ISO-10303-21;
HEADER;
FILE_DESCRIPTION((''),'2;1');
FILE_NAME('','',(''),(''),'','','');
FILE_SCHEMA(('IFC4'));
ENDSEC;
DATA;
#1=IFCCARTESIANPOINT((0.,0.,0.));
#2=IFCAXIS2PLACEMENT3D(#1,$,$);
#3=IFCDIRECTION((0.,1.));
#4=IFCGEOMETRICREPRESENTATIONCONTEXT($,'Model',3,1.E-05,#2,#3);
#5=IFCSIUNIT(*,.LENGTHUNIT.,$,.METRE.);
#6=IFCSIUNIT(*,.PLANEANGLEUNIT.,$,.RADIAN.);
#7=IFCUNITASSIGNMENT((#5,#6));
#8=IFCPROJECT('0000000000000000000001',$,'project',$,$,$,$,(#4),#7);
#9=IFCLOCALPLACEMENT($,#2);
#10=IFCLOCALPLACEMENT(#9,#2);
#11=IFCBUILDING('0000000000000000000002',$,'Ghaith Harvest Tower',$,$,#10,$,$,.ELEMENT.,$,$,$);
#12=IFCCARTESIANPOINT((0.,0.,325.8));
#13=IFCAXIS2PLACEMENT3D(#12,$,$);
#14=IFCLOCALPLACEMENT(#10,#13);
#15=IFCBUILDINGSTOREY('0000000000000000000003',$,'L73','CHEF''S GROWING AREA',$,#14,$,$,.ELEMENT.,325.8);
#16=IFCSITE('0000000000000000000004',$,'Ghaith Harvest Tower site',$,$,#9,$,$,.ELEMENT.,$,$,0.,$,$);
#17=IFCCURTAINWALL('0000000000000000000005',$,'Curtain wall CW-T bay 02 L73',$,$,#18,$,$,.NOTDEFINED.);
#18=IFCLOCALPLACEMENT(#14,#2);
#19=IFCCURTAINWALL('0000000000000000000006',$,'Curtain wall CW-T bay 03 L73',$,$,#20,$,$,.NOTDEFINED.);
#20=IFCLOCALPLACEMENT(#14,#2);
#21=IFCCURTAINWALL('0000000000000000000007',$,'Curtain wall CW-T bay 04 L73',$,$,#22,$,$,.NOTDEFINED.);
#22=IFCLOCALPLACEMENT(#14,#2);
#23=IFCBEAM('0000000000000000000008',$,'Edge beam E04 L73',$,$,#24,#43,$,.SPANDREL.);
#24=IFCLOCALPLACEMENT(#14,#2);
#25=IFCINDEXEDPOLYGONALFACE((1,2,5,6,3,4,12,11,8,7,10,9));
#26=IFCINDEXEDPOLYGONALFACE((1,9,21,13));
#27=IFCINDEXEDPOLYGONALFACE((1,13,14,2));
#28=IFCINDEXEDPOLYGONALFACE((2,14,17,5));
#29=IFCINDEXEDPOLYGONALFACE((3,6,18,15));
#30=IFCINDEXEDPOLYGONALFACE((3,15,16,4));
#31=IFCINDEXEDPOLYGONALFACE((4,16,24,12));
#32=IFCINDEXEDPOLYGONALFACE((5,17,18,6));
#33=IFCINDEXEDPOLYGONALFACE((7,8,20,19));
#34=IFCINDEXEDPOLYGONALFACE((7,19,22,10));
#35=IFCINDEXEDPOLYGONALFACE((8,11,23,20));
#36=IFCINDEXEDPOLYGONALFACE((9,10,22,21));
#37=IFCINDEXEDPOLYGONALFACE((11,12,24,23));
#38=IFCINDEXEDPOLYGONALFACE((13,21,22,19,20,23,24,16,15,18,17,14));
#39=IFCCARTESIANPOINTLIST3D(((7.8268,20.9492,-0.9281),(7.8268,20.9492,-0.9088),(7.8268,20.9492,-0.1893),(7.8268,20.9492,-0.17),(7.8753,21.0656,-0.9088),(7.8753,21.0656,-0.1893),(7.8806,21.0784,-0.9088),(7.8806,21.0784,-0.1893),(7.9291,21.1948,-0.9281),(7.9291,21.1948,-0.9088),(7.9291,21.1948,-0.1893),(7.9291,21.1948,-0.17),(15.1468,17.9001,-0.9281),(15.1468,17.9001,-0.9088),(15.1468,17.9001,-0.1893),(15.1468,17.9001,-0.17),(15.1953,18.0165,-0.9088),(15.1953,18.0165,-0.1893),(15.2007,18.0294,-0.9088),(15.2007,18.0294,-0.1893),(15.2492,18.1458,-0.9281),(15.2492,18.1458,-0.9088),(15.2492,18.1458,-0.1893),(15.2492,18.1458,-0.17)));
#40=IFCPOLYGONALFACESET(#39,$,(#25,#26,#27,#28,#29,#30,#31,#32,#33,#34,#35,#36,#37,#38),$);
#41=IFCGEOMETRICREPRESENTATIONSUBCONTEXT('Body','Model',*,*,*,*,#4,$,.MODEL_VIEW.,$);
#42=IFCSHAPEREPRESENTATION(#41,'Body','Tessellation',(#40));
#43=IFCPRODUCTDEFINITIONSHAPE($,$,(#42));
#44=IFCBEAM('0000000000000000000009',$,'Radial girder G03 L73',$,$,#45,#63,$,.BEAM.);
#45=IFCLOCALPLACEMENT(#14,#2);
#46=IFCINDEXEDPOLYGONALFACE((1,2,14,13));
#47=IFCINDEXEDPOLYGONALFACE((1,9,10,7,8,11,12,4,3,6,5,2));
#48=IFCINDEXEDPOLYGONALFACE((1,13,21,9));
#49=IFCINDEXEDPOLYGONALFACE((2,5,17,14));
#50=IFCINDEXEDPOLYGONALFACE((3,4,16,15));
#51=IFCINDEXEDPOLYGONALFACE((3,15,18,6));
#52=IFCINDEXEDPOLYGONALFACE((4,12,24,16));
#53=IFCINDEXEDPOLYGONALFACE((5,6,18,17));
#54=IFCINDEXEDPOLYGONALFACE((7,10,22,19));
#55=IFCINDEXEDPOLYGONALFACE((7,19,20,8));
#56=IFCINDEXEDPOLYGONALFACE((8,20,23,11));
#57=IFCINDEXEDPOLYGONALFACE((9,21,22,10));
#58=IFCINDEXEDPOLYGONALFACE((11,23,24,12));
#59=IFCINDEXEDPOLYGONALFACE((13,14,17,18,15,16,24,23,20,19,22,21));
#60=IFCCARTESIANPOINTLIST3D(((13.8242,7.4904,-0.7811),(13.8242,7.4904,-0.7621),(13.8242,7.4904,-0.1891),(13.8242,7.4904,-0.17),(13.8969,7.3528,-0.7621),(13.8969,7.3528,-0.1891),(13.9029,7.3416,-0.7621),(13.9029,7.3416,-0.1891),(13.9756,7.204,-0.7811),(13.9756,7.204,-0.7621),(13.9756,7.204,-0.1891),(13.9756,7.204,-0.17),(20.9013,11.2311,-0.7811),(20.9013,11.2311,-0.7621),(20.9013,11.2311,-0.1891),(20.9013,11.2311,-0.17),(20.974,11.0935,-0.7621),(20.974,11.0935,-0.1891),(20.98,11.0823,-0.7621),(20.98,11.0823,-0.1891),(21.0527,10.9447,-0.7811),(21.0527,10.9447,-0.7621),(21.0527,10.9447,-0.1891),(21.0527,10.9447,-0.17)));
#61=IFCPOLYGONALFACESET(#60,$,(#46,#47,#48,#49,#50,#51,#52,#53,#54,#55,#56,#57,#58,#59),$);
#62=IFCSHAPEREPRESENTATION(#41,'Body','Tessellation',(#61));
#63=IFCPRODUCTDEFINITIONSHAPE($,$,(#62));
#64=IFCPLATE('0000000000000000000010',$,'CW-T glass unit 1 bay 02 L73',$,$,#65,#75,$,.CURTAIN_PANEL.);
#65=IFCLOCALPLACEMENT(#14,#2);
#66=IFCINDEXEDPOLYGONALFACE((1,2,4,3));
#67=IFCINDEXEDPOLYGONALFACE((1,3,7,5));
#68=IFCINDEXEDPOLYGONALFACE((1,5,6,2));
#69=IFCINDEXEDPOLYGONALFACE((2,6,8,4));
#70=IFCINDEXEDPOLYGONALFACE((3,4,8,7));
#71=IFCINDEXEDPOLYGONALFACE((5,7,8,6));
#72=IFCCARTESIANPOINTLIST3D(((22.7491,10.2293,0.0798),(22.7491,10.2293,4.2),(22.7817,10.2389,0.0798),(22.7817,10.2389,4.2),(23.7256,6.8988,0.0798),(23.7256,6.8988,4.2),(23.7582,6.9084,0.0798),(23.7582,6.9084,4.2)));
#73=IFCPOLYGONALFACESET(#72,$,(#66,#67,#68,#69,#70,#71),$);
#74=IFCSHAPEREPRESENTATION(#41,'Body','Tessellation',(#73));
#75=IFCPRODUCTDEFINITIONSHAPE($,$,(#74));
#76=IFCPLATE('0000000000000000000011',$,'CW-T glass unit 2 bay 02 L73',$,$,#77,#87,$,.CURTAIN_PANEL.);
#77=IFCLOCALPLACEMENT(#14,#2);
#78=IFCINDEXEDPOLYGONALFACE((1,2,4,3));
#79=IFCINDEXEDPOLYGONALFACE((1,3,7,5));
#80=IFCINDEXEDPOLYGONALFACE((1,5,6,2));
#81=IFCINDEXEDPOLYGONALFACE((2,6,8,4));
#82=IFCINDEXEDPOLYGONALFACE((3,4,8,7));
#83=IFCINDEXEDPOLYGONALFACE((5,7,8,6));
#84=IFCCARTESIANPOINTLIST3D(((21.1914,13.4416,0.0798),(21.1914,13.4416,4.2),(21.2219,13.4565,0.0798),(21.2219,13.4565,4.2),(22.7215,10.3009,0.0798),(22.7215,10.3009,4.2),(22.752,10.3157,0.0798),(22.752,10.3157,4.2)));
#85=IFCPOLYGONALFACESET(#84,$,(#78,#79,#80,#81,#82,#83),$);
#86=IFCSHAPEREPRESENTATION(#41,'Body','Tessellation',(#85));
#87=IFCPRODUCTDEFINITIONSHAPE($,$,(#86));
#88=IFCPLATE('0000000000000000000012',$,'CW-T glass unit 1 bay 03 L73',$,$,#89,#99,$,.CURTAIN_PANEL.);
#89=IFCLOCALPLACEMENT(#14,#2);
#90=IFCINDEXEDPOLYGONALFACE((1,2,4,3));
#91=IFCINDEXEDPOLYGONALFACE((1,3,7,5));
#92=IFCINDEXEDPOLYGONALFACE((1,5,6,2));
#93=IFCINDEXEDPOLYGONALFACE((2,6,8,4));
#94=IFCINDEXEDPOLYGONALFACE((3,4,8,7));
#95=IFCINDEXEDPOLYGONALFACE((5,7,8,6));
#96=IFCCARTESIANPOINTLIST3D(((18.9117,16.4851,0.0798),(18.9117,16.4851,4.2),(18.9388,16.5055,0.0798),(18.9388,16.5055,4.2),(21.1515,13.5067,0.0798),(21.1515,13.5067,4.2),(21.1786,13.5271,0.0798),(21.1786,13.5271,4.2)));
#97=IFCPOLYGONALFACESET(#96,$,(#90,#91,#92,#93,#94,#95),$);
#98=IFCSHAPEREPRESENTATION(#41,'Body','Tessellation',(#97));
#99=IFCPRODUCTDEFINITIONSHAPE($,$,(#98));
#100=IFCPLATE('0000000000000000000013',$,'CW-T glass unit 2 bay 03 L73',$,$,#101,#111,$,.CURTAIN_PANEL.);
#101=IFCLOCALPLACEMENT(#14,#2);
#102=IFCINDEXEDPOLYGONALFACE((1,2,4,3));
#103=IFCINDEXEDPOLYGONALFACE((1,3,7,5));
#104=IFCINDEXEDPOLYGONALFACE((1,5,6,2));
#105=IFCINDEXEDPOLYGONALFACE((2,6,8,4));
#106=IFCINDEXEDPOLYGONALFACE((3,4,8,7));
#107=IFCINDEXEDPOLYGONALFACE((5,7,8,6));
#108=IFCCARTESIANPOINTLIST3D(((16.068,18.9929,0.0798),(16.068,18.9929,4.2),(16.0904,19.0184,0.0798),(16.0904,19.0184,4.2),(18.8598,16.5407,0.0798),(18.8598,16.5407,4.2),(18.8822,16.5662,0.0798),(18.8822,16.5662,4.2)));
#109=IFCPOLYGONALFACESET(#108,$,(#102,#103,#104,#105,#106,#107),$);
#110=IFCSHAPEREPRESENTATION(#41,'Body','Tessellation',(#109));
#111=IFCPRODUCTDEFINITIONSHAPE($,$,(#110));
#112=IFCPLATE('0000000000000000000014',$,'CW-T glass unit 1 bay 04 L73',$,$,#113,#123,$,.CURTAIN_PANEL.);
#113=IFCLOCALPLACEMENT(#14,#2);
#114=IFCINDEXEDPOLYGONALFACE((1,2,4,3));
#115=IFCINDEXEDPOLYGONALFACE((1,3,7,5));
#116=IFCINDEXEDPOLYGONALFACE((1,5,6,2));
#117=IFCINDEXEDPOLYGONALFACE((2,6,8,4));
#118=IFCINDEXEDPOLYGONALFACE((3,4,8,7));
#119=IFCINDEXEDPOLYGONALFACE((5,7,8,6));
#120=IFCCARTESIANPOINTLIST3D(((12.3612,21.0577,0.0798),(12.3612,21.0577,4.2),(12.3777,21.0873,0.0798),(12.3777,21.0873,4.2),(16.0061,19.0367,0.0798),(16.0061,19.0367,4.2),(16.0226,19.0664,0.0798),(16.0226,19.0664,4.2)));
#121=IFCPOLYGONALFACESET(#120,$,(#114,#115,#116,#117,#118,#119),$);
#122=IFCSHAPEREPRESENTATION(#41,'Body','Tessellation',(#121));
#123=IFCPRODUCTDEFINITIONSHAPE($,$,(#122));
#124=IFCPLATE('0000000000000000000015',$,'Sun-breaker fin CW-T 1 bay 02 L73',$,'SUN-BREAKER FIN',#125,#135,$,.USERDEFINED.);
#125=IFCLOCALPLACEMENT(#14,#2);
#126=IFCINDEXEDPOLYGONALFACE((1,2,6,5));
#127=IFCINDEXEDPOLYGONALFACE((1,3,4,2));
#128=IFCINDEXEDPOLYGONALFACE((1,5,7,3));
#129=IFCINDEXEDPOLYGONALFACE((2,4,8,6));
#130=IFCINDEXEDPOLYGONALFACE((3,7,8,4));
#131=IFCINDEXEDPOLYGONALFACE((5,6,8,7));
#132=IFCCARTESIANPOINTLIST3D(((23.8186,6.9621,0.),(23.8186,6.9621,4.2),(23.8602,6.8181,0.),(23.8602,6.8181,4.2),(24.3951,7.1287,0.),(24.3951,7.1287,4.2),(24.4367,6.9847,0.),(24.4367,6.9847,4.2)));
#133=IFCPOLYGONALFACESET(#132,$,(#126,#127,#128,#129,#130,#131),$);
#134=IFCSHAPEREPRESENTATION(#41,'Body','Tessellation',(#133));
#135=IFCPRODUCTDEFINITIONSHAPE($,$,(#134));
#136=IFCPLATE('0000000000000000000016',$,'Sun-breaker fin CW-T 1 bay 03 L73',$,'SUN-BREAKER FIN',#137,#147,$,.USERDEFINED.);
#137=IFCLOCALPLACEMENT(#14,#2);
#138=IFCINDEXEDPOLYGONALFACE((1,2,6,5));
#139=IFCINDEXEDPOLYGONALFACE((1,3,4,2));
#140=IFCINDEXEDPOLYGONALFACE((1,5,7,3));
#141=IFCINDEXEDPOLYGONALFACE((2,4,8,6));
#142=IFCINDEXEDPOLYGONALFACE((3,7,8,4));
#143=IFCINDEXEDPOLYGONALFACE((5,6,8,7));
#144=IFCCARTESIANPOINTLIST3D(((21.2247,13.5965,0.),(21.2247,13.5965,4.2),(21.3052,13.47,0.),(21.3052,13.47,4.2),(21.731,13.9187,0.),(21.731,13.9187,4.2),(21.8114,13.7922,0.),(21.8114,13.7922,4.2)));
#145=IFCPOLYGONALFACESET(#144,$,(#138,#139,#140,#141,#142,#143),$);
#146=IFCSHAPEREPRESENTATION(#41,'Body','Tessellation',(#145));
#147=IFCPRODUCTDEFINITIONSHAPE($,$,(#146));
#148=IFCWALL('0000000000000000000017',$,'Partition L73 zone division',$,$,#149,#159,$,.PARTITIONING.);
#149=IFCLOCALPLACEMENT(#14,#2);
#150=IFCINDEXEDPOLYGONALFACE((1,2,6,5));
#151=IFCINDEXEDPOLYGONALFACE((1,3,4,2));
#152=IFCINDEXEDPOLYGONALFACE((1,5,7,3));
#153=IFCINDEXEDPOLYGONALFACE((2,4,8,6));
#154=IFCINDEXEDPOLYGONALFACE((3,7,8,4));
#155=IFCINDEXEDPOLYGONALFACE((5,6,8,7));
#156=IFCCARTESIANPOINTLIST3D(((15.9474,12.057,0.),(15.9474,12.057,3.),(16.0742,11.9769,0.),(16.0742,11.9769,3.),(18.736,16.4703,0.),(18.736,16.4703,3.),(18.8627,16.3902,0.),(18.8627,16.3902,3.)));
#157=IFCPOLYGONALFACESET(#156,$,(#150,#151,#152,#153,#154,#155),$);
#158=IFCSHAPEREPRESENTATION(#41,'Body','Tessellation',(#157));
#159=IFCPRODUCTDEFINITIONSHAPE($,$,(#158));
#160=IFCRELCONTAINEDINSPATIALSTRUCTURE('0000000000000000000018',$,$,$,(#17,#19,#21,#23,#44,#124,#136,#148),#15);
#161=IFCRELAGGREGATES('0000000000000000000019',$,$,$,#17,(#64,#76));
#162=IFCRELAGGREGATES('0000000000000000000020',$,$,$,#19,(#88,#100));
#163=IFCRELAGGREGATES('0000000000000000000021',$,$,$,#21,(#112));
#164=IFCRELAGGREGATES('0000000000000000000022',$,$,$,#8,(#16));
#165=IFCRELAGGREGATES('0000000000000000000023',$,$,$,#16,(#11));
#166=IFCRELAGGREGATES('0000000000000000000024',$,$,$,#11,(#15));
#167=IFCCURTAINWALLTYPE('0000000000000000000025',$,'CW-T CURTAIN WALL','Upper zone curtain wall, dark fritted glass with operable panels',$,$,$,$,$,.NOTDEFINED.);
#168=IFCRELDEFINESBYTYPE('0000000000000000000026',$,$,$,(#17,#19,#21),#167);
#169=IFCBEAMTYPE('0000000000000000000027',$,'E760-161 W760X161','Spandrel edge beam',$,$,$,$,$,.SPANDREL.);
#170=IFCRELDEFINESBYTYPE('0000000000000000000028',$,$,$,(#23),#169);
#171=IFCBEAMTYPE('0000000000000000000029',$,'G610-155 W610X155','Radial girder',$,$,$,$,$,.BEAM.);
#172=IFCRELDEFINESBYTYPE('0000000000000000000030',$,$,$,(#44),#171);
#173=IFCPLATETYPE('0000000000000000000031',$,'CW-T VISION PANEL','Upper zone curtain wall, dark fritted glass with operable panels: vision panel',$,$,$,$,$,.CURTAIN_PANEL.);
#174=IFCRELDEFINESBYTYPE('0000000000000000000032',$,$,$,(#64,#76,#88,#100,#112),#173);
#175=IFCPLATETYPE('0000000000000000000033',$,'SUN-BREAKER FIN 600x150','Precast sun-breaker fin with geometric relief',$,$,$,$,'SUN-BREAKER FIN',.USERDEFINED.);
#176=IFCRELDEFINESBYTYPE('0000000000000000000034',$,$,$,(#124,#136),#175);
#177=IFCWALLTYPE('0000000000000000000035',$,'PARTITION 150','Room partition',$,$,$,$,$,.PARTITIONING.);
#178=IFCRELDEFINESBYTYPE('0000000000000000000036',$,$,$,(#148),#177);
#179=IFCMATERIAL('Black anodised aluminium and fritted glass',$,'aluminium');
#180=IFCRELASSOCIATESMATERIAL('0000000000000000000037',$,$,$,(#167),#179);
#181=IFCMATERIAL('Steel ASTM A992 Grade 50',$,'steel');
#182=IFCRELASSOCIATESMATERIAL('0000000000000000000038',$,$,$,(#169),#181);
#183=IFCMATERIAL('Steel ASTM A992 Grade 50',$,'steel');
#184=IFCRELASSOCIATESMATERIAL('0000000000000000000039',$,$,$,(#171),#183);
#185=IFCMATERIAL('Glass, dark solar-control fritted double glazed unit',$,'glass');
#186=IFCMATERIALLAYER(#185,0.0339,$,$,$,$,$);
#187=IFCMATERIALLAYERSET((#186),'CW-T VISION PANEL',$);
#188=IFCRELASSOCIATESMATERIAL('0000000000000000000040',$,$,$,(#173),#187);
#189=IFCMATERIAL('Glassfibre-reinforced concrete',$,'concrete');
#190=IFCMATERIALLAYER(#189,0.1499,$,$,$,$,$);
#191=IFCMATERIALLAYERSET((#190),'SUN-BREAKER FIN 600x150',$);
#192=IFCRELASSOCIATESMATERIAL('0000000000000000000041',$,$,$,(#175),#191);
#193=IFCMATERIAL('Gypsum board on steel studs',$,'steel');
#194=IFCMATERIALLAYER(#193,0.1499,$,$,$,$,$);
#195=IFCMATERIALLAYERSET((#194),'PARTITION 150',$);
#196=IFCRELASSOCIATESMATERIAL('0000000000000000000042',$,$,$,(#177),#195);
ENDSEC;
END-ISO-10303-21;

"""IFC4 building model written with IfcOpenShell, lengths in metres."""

from ifc_helpers import new_model, si_unit, direction, frame, frame_2d, origin, origin_2d, place, context, subcontext, project, spatial, rectangle, i_section, extrude, material, layer, layer_set, material_profile, profile_set, type_object, element, aggregate, save


model = new_model("IFC4")

# Units and contexts
model_context = context("Model", 3, precision=1e-05, world=origin(), true_north=direction((0.0, 1.0)))
body_context = subcontext(model_context, "Body", "Model", "MODEL_VIEW")
ifc_project = project(units=[si_unit("LENGTHUNIT", "METRE"), si_unit("PLANEANGLEUNIT", "RADIAN")], contexts=[model_context])

# Site, building, storey
site_placement = place(None, origin())
site = spatial("IfcSite", under=ifc_project, at=site_placement, Name="Ghaith Harvest Tower site", CompositionType="ELEMENT", RefElevation=0.0)
building_placement = place(site_placement, origin())
building = spatial("IfcBuilding", under=site, at=building_placement, Name="Ghaith Harvest Tower", CompositionType="ELEMENT")
storey_placement = place(building_placement, frame((0.0, 0.0, 325.8)))
storey = spatial("IfcBuildingStorey", under=building, at=storey_placement, Name="L73", Description="CHEF'S GROWING AREA", CompositionType="ELEMENT", Elevation=325.8)

# Curtain walls
ifc_material_1 = material(Name="Black anodised aluminium and fritted glass", Category="aluminium")
curtain_wall_type = type_object("IfcCurtainWallType", Name="CW-T CURTAIN WALL", Description="Upper zone curtain wall, dark fritted glass with operable panels", PredefinedType="NOTDEFINED", material=ifc_material_1)
curtain_wall_1_placement = place(storey_placement, origin())
curtain_wall_1 = element("IfcCurtainWall", 1, at=curtain_wall_1_placement, inside=storey, type_object=curtain_wall_type, Name="Curtain wall CW-T bay 02 L73", PredefinedType="NOTDEFINED")
curtain_wall_2_placement = place(storey_placement, origin())
curtain_wall_2 = element("IfcCurtainWall", 2, at=curtain_wall_2_placement, inside=storey, type_object=curtain_wall_type, Name="Curtain wall CW-T bay 03 L73", PredefinedType="NOTDEFINED")

# Curtain wall
curtain_wall_3_placement = place(storey_placement, origin())
curtain_wall_3 = element("IfcCurtainWall", 3, at=curtain_wall_3_placement, inside=storey, type_object=curtain_wall_type, Name="Curtain wall CW-T bay 04 L73", PredefinedType="NOTDEFINED")

# Beams
ifc_material_2 = material(Name="Steel ASTM A992 Grade 50", Category="steel")
ifc_material_profile_1 = material_profile(ifc_material_2, i_section(OverallWidth=0.2661, OverallDepth=0.7581, WebThickness=0.0139, FlangeThickness=0.0193, at=origin_2d()), Name="W760X161")
ifc_profile_set_1 = profile_set([ifc_material_profile_1], Name="Steel ASTM A992 Grade 50")
beam_type_1 = type_object("IfcBeamType", Name="E760-161 W760X161", Description="Spandrel edge beam", PredefinedType="SPANDREL", material=ifc_profile_set_1)
beam_1_placement = place(storey_placement, frame((15.198, 18.0229, -0.5491), z_axis=(-0.92312, 0.384513, 0.0), x_axis=(-0.384513, -0.92312, 0.0)))
element("IfcBeam", 4, at=beam_1_placement, inside=storey, type_object=beam_type_1, Name="Edge beam E04 L73", PredefinedType="SPANDREL", context=body_context, shape_type="SweptSolid", body=[
    extrude(i_section(OverallWidth=0.2661, OverallDepth=0.7581, WebThickness=0.0139, FlangeThickness=0.0193, at=origin_2d()), origin(), (0.0, 0.0, 1.0), 7.9297),
])
ifc_material_3 = material(Name="Steel ASTM A992 Grade 50", Category="steel")
ifc_material_profile_2 = material_profile(ifc_material_3, i_section(OverallWidth=0.324, OverallDepth=0.6111, WebThickness=0.0127, FlangeThickness=0.019, at=origin_2d()), Name="W610X155")
ifc_profile_set_2 = profile_set([ifc_material_profile_2], Name="Steel ASTM A992 Grade 50")
beam_type_2 = type_object("IfcBeamType", Name="G610-155 W610X155", Description="Radial girder", PredefinedType="BEAM", material=ifc_profile_set_2)
beam_2_placement = place(storey_placement, frame((13.8999, 7.3472, -0.4756), z_axis=(0.884098, 0.467302, 0.0), x_axis=(-0.467302, 0.884098, 0.0)))
element("IfcBeam", 5, at=beam_2_placement, inside=storey, type_object=beam_type_2, Name="Radial girder G03 L73", PredefinedType="BEAM", context=body_context, shape_type="SweptSolid", body=[
    extrude(i_section(OverallWidth=0.324, OverallDepth=0.6111, WebThickness=0.0127, FlangeThickness=0.019, at=origin_2d()), origin(), (0.0, 0.0, 1.0), 8.0049),
])

# Plates
ifc_material_4 = material(Name="Glass, dark solar-control fritted double glazed unit", Category="glass")
ifc_layer_1 = layer(ifc_material_4, 0.0339)
ifc_layer_set_1 = layer_set([ifc_layer_1], Name="CW-T VISION PANEL")
plate_type_1 = type_object("IfcPlateType", Name="CW-T VISION PANEL", Description="Upper zone curtain wall, dark fritted glass with operable panels: vision panel", PredefinedType="CURTAIN_PANEL", material=ifc_layer_set_1)
plate_1_placement = place(storey_placement, frame((23.2537, 8.5688, 0.0798), z_axis=(0.0, 0.0, 1.0), x_axis=(-0.281345, 0.959607, 0.0)))
plate_1 = element("IfcPlate", 6, at=plate_1_placement, type_object=plate_type_1, Name="CW-T glass unit 1 bay 02 L73", PredefinedType="CURTAIN_PANEL", context=body_context, shape_type="SweptSolid", body=[
    extrude(rectangle(XDim=3.4707, YDim=0.0339, at=origin_2d()), origin(), (0.0, 0.0, 1.0), 4.1201),
])
plate_2_placement = place(storey_placement, frame((21.9717, 11.8787, 0.0798), z_axis=(0.0, 0.0, 1.0), x_axis=(-0.437968, 0.89899, 0.0)))
plate_2 = element("IfcPlate", 7, at=plate_2_placement, type_object=plate_type_1, Name="CW-T glass unit 2 bay 02 L73", PredefinedType="CURTAIN_PANEL", context=body_context, shape_type="SweptSolid", body=[
    extrude(rectangle(XDim=3.4937, YDim=0.0339, at=origin_2d()), origin(), (0.0, 0.0, 1.0), 4.1201),
])
aggregate(curtain_wall_1, [plate_1, plate_2])
plate_3_placement = place(storey_placement, frame((20.0452, 15.0061, 0.0798), z_axis=(0.0, 0.0, 1.0), x_axis=(-0.601048, 0.799213, 0.0)))
plate_3 = element("IfcPlate", 8, at=plate_3_placement, type_object=plate_type_1, Name="CW-T glass unit 1 bay 03 L73", PredefinedType="CURTAIN_PANEL", context=body_context, shape_type="SweptSolid", body=[
    extrude(rectangle(XDim=3.7266, YDim=0.0339, at=origin_2d()), origin(), (0.0, 0.0, 1.0), 4.1201),
])
plate_4_placement = place(storey_placement, frame((17.4751, 17.7795, 0.0798), z_axis=(0.0, 0.0, 1.0), x_axis=(-0.751335, 0.659922, 0.0)))
plate_4 = element("IfcPlate", 9, at=plate_4_placement, type_object=plate_type_1, Name="CW-T glass unit 2 bay 03 L73", PredefinedType="CURTAIN_PANEL", context=body_context, shape_type="SweptSolid", body=[
    extrude(rectangle(XDim=3.7158, YDim=0.0339, at=origin_2d()), origin(), (0.0, 0.0, 1.0), 4.1201),
])
aggregate(curtain_wall_2, [plate_3, plate_4])
plate_5_placement = place(storey_placement, frame((14.1919, 20.062, 0.0798), z_axis=(0.0, 0.0, 1.0), x_axis=(-0.874564, 0.48491, 0.0)))
plate_5 = element("IfcPlate", 10, at=plate_5_placement, type_object=plate_type_1, Name="CW-T glass unit 1 bay 04 L73", PredefinedType="CURTAIN_PANEL", context=body_context, shape_type="SweptSolid", body=[
    extrude(rectangle(XDim=4.1677, YDim=0.0339, at=origin_2d()), origin(), (0.0, 0.0, 1.0), 4.1201),
])
aggregate(curtain_wall_3, [plate_5])

# Plates
ifc_material_5 = material(Name="Glassfibre-reinforced concrete", Category="concrete")
ifc_layer_2 = layer(ifc_material_5, 0.1499)
ifc_layer_set_2 = layer_set([ifc_layer_2], Name="SUN-BREAKER FIN 600x150")
plate_type_2 = type_object("IfcPlateType", Name="SUN-BREAKER FIN 600x150", Description="Precast sun-breaker fin with geometric relief", ElementType="SUN-BREAKER FIN", PredefinedType="USERDEFINED", material=ifc_layer_set_2)
for number, where, z_axis, x_axis, name in (
    (11, (24.1277, 6.9734, 0.0), (0.0, 0.0, 1.0), (0.96068, 0.277657, 0.0), "Sun-breaker fin CW-T 1 bay 02 L73"),
    (12, (21.5181, 13.6943, 0.0), (0.0, 0.0, 1.0), (0.843644, 0.536903, 0.0), "Sun-breaker fin CW-T 1 bay 03 L73"),
):
    element("IfcPlate", number, at=place(storey_placement, frame(where, z_axis=z_axis, x_axis=x_axis)), inside=storey, type_object=plate_type_2, Name=name, ObjectType="SUN-BREAKER FIN", PredefinedType="USERDEFINED", context=body_context, shape_type="SweptSolid", body=[
        extrude(rectangle(XDim=0.6001, YDim=0.1499, at=origin_2d()), origin(), (0.0, 0.0, 1.0), 4.2),
    ])

# Wall
ifc_material_6 = material(Name="Gypsum board on steel studs", Category="steel")
ifc_layer_3 = layer(ifc_material_6, 0.1499)
ifc_layer_set_3 = layer_set([ifc_layer_3], Name="PARTITION 150")
wall_type_1 = type_object("IfcWallType", Name="PARTITION 150", Description="Room partition", PredefinedType="PARTITIONING", material=ifc_layer_set_3)
wall_1_placement = place(storey_placement, frame((16.0107, 12.0168, 0.0), z_axis=(0.0, 0.0, 1.0), x_axis=(0.534158, 0.845384, 0.0)))
element("IfcWall", 13, at=wall_1_placement, inside=storey, type_object=wall_type_1, Name="Partition L73 zone division", PredefinedType="PARTITIONING", context=body_context, shape_type="SweptSolid", body=[
    extrude(rectangle(XDim=5.2205, YDim=0.1499, at=frame_2d((2.6104, 0.0))), origin(), (0.0, 0.0, 1.0), 3.0),
])

save(model, "model.ifc")
